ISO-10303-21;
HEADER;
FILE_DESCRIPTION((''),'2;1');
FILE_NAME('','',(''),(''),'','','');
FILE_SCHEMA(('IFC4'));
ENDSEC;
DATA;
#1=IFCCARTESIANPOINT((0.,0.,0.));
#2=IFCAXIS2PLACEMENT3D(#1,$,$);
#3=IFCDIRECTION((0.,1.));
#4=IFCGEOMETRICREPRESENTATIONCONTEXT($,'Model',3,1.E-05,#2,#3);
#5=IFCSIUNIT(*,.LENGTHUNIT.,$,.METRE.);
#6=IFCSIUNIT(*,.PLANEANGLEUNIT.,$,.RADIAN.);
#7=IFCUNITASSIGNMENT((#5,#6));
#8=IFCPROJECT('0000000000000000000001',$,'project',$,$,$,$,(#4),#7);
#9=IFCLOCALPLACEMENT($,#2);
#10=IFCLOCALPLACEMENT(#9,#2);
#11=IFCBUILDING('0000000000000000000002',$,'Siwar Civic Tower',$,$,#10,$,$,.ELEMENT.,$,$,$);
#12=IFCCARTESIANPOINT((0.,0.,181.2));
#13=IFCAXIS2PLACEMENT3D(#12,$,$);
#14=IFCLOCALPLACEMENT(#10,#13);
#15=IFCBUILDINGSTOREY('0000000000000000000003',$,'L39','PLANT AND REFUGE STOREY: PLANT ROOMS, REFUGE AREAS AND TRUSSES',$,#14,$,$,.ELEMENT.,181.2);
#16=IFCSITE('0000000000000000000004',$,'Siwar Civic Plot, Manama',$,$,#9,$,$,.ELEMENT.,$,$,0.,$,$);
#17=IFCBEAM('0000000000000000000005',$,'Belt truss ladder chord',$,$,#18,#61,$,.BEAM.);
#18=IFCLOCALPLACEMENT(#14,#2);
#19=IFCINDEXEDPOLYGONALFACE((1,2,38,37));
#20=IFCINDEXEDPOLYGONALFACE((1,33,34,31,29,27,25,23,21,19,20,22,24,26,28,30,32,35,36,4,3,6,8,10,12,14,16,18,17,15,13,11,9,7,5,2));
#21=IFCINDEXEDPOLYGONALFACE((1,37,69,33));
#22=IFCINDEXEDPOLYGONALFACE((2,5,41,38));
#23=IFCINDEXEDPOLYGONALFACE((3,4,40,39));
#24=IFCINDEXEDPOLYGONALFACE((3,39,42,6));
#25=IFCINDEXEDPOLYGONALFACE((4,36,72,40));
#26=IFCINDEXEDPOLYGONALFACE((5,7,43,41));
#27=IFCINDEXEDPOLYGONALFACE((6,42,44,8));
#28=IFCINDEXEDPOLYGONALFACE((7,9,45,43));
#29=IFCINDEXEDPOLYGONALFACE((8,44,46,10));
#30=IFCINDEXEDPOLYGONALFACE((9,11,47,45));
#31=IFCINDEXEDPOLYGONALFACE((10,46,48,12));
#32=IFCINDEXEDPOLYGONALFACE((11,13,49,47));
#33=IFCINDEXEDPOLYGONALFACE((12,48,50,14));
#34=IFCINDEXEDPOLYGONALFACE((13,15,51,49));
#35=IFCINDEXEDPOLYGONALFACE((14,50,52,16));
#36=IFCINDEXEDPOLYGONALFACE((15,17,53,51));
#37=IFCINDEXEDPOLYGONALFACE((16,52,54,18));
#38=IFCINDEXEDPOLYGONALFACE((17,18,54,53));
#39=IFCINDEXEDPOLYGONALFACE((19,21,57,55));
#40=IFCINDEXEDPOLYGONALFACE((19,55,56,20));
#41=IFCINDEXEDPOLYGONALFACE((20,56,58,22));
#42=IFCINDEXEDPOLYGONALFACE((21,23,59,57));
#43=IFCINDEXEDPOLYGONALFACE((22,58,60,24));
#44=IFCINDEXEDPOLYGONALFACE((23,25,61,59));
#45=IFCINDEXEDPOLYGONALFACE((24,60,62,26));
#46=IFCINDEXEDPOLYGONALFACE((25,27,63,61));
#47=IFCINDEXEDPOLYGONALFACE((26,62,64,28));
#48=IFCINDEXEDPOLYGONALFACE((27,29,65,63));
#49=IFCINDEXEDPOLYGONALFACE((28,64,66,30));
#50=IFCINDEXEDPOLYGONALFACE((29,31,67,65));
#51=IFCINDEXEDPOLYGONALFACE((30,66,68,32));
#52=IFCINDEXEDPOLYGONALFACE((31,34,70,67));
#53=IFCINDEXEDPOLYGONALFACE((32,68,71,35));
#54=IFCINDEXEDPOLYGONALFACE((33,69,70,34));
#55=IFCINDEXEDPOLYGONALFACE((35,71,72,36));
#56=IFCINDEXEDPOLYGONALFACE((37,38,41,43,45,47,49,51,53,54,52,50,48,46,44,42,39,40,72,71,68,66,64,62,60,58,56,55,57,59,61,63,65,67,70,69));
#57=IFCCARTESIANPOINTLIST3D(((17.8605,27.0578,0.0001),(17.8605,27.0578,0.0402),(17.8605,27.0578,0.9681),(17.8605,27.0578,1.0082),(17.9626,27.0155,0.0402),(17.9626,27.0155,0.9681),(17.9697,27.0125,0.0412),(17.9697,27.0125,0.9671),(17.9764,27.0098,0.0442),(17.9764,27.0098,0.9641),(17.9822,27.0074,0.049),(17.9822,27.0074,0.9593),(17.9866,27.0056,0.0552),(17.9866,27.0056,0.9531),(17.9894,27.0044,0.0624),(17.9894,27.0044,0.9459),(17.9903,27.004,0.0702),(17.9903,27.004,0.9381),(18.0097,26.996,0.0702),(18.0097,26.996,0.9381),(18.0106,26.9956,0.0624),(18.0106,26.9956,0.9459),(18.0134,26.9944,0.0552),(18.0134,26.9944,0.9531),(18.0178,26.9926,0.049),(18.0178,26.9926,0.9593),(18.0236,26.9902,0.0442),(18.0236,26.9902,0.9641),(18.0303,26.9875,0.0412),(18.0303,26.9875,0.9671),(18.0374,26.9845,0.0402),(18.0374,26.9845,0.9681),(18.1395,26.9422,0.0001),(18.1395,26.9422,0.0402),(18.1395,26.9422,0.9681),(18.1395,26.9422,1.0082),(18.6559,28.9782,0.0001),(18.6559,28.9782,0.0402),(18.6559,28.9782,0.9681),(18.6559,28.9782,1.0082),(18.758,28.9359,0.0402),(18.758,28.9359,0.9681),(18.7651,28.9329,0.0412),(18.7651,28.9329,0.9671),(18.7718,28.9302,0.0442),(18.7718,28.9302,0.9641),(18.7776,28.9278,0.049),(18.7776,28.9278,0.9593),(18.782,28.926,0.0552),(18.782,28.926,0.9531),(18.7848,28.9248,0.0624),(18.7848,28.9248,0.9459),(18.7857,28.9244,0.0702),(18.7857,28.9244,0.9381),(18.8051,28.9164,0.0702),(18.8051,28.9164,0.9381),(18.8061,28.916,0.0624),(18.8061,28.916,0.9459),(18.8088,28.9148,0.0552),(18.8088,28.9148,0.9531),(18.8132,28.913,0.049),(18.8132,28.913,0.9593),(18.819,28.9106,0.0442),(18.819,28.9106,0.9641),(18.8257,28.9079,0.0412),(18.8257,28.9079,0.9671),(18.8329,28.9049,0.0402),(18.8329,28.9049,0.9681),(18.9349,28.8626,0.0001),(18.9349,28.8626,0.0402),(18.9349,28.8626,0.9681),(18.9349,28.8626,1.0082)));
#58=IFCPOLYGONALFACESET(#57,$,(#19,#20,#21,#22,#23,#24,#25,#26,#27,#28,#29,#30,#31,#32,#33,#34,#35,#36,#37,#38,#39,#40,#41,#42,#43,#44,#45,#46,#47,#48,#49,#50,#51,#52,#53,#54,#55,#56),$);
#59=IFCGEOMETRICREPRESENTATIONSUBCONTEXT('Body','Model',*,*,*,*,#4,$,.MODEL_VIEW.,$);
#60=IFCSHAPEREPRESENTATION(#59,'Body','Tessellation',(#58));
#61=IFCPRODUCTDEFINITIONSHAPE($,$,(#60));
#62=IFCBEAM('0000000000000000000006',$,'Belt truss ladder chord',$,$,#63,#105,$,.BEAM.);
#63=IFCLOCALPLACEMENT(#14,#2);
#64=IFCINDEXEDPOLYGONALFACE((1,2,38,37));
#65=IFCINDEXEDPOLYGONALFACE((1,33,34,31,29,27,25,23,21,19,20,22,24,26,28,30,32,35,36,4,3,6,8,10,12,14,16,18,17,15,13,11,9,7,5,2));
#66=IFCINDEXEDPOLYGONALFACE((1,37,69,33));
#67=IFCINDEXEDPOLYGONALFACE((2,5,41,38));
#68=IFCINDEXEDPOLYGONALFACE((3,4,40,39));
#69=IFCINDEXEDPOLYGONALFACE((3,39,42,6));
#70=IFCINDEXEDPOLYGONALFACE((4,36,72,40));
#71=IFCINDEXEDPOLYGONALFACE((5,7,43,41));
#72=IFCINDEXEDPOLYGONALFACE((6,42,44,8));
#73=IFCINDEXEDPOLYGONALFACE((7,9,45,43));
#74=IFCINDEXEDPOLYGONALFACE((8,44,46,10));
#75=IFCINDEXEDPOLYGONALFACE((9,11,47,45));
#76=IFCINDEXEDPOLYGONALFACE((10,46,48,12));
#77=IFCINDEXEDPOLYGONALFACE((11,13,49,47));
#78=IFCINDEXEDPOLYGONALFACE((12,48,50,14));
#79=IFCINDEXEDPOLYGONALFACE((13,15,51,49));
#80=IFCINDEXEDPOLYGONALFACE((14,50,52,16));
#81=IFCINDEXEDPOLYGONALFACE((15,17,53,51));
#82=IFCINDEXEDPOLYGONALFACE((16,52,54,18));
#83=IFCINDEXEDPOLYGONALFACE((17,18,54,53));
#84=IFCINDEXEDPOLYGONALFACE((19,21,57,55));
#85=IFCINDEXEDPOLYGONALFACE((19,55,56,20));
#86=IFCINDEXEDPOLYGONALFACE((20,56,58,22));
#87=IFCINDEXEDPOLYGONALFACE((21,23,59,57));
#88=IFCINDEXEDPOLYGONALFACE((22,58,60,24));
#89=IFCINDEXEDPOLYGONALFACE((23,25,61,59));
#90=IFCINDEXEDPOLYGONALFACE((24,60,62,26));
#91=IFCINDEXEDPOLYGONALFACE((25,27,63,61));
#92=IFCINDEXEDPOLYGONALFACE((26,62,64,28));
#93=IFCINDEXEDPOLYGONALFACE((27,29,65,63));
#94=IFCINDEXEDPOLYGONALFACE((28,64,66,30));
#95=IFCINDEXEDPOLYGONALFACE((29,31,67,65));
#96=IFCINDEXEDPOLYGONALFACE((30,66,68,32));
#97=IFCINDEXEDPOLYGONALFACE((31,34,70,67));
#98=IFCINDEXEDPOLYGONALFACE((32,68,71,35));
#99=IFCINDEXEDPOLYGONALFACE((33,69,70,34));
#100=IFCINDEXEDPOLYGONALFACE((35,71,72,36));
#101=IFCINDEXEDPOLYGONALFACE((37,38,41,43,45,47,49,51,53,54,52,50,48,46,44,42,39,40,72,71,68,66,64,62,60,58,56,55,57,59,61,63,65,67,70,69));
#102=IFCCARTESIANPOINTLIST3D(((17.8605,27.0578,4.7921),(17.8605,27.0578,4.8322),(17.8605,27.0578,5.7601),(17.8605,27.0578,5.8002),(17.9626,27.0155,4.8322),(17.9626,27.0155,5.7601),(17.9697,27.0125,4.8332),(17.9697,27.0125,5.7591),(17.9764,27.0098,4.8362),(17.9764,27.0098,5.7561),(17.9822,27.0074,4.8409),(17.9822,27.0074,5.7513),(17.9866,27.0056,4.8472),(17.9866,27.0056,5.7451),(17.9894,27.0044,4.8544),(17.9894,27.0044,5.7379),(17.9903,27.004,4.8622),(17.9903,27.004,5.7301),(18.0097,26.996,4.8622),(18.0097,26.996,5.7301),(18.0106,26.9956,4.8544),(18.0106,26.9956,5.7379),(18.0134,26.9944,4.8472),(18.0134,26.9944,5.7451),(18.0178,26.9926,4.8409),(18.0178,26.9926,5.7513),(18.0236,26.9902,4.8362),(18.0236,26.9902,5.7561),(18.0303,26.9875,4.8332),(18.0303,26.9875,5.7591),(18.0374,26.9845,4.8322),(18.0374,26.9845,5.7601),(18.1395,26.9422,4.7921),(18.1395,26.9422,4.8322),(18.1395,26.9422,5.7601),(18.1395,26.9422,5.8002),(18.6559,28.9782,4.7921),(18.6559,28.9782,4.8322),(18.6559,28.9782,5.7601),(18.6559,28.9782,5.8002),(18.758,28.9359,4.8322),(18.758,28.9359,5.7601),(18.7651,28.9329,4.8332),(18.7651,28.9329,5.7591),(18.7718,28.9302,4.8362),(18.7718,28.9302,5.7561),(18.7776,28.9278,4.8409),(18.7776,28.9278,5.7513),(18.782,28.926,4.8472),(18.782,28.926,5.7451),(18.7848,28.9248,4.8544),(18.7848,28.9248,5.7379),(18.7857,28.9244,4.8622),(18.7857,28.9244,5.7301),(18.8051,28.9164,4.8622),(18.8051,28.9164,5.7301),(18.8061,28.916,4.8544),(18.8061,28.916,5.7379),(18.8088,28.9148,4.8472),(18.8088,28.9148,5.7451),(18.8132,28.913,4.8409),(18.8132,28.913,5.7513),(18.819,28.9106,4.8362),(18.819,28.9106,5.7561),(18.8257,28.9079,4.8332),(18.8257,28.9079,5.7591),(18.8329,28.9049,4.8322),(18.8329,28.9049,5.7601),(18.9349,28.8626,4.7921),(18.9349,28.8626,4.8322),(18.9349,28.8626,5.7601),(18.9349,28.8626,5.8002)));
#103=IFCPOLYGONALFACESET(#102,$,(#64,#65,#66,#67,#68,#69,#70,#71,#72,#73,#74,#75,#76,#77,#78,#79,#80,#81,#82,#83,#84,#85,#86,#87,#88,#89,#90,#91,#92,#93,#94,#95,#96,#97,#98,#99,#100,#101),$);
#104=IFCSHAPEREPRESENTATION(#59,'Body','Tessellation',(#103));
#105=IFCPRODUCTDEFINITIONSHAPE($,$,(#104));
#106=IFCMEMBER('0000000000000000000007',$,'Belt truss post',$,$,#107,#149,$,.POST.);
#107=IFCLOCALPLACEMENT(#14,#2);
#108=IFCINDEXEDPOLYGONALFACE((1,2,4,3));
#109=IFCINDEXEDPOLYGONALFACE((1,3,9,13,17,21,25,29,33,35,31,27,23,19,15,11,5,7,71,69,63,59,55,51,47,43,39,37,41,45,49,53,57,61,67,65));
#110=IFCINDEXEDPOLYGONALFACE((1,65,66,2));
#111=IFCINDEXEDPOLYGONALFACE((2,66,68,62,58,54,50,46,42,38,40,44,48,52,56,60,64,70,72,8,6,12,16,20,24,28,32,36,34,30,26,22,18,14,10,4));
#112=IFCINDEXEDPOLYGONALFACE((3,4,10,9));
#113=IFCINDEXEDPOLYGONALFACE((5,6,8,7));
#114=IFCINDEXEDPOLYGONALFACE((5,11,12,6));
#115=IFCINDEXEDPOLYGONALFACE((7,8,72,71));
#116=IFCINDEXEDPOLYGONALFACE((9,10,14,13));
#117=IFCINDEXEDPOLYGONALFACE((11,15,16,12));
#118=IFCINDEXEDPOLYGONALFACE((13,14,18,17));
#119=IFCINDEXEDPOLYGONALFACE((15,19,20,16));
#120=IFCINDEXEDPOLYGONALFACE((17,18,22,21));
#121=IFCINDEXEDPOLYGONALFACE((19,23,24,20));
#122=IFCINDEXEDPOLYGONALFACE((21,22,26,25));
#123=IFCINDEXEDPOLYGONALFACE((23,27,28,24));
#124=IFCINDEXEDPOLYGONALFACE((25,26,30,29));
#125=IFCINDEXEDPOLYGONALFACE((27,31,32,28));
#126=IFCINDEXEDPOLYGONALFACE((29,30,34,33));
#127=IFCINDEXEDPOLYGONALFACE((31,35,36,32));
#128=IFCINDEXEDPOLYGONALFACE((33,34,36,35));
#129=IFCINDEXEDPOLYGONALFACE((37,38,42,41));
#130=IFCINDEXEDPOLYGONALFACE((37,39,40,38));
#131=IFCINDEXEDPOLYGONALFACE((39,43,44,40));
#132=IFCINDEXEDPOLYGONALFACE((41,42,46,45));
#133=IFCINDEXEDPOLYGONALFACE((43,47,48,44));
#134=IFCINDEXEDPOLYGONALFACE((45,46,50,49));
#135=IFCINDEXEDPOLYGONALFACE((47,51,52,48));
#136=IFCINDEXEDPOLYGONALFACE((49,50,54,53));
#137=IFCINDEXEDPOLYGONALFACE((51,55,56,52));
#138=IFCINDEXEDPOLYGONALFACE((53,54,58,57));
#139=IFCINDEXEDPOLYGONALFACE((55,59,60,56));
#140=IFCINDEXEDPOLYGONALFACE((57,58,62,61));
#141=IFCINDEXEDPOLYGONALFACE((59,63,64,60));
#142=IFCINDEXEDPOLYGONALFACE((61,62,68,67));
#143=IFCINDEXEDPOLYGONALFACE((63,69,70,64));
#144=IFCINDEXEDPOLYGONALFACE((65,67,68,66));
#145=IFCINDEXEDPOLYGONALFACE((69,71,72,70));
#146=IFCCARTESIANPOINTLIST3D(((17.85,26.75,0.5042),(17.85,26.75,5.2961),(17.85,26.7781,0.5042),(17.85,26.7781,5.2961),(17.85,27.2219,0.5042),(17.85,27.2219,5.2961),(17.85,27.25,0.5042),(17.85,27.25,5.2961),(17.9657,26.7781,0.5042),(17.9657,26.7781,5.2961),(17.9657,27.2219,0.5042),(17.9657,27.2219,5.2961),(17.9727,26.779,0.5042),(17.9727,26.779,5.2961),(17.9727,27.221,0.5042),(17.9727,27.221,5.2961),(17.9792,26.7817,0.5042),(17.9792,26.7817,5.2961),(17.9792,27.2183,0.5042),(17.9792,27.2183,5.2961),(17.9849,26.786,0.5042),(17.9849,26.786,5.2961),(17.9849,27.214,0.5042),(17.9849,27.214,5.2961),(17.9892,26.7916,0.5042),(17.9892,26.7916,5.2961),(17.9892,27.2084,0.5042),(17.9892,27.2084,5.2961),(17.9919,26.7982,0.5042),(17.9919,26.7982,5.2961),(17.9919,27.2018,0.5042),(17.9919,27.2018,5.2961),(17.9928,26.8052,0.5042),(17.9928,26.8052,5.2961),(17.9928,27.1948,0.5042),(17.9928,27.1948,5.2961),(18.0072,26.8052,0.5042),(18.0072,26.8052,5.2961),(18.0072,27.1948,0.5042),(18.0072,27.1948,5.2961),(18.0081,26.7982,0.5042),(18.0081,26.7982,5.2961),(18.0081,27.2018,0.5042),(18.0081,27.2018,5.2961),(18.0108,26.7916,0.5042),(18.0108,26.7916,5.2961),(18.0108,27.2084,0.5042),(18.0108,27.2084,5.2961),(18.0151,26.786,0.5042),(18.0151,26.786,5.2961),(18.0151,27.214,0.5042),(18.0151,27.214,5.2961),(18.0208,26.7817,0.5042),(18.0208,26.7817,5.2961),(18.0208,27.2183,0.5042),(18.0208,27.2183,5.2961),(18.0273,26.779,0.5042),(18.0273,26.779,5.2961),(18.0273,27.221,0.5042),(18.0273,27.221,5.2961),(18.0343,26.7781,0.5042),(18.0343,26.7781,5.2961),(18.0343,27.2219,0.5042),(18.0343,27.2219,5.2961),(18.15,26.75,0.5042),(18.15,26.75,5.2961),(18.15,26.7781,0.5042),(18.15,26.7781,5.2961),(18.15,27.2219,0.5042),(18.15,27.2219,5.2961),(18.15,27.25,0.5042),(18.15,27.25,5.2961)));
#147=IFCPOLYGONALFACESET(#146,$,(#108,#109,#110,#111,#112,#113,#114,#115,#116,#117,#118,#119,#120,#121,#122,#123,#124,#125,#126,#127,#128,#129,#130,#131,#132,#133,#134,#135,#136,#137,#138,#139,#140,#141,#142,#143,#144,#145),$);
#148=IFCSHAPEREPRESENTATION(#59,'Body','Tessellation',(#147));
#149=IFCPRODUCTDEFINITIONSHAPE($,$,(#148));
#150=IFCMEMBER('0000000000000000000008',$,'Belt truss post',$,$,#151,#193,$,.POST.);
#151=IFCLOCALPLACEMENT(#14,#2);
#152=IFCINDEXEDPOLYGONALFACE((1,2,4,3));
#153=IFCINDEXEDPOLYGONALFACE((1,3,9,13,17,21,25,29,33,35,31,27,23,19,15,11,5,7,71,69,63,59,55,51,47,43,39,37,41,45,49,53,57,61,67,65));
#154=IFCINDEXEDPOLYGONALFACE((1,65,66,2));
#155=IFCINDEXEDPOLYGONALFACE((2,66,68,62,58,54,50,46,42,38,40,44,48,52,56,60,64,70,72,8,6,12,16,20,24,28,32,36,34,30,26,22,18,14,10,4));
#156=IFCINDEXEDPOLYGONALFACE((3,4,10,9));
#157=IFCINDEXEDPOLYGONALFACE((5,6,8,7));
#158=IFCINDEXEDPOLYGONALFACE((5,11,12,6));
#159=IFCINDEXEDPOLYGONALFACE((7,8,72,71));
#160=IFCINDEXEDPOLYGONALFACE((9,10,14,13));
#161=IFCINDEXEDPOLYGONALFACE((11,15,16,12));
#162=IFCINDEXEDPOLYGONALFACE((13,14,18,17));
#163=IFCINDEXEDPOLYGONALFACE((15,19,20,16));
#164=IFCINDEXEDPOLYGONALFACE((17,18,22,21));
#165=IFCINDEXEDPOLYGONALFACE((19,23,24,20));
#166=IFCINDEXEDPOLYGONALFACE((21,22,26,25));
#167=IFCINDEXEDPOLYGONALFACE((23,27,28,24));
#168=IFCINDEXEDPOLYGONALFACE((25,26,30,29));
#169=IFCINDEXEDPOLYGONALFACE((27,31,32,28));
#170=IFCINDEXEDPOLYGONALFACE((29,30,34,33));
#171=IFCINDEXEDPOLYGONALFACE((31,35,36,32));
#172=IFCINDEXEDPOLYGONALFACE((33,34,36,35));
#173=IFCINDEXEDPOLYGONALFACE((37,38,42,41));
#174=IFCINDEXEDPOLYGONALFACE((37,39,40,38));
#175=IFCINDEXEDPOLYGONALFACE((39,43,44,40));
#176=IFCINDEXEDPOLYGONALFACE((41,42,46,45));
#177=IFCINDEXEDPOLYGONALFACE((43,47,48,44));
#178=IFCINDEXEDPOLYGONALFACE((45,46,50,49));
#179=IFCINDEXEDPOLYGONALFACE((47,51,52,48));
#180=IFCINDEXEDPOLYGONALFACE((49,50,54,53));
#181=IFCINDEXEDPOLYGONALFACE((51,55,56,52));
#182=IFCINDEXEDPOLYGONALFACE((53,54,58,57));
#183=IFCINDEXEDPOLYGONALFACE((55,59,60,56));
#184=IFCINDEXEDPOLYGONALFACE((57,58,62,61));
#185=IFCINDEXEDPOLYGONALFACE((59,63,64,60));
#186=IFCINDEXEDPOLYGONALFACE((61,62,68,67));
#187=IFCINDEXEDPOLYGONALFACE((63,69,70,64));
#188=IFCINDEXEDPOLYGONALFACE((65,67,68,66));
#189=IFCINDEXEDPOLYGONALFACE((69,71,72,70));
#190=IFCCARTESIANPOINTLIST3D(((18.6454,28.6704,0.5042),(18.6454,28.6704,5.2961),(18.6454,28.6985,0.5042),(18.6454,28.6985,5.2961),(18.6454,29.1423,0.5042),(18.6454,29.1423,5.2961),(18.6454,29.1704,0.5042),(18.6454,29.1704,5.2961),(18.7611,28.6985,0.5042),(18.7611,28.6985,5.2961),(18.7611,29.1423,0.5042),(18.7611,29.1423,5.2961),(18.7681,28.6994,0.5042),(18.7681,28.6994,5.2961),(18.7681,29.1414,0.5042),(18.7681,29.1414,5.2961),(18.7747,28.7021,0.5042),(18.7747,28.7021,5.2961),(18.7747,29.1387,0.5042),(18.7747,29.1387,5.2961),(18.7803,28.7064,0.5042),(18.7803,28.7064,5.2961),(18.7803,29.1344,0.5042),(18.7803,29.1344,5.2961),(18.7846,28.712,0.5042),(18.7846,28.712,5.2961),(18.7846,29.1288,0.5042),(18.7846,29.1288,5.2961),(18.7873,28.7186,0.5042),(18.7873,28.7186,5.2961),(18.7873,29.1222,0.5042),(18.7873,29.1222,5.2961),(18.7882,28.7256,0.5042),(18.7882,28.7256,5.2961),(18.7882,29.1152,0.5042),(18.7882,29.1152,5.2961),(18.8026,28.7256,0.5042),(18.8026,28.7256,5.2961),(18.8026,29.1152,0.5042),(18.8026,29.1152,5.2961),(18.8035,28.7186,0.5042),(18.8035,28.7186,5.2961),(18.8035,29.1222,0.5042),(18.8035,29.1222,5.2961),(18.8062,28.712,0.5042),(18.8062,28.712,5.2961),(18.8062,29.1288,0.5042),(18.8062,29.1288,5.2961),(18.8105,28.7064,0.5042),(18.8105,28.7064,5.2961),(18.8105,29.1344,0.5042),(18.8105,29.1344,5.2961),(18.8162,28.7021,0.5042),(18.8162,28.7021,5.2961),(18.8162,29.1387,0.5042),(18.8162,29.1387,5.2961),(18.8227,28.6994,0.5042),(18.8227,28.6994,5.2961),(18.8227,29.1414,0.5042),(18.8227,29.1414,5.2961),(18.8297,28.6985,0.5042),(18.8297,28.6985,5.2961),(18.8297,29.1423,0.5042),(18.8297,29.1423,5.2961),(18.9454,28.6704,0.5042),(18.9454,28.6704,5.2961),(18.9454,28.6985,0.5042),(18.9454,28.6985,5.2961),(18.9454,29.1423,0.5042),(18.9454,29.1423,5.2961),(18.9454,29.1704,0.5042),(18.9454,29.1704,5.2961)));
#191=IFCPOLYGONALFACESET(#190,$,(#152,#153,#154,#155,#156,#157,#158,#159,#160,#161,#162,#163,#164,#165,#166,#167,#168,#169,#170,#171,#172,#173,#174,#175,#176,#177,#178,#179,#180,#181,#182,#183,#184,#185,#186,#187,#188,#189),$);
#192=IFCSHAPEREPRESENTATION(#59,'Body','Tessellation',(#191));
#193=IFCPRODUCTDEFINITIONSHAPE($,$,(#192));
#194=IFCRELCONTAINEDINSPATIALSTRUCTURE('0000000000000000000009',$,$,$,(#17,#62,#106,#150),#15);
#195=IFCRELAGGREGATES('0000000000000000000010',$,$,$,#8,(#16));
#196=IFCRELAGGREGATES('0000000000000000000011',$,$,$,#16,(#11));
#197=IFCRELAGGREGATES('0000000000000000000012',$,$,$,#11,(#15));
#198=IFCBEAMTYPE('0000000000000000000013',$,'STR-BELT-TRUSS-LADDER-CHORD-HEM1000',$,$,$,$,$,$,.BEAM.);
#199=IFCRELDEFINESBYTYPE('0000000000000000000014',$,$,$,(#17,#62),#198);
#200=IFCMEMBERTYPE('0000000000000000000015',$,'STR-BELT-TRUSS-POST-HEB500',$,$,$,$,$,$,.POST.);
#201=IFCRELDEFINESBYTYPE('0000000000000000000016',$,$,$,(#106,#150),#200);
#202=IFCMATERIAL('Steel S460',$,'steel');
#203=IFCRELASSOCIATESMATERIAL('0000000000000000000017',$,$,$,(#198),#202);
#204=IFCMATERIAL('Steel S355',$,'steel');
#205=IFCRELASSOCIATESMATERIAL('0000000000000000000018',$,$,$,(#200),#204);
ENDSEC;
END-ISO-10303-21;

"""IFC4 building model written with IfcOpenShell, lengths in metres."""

from ifc_helpers import new_model, si_unit, direction, frame, origin, origin_2d, place, context, subcontext, project, spatial, i_section, extrude, material, material_profile, profile_set, type_object, element, save


model = new_model("IFC4")

# Units and contexts
model_context = context("Model", 3, precision=1e-05, world=origin(), true_north=direction((0.0, 1.0)))
body_context = subcontext(model_context, "Body", "Model", "MODEL_VIEW")
ifc_project = project(units=[si_unit("LENGTHUNIT", "METRE"), si_unit("PLANEANGLEUNIT", "RADIAN")], contexts=[model_context])

# Site, building, storey
site_placement = place(None, origin())
site = spatial("IfcSite", under=ifc_project, at=site_placement, Name="Siwar Civic Plot, Manama", CompositionType="ELEMENT", RefElevation=0.0)
building_placement = place(site_placement, origin())
building = spatial("IfcBuilding", under=site, at=building_placement, Name="Siwar Civic Tower", CompositionType="ELEMENT")
storey_placement = place(building_placement, frame((0.0, 0.0, 181.2)))
storey = spatial("IfcBuildingStorey", under=building, at=storey_placement, Name="L39", Description="PLANT AND REFUGE STOREY: PLANT ROOMS, REFUGE AREAS AND TRUSSES", CompositionType="ELEMENT", Elevation=181.2)

# Beams
ifc_material_1 = material(Name="Steel S460", Category="steel")
ifc_material_profile_1 = material_profile(ifc_material_1, i_section(OverallWidth=0.302, OverallDepth=1.0081, WebThickness=0.021, FlangeThickness=0.04, FilletRadius=0.03, at=origin_2d()), Name="HEM1000")
ifc_profile_set_1 = profile_set([ifc_material_profile_1], Name="Steel S460")
beam_type_1 = type_object("IfcBeamType", Name="STR-BELT-TRUSS-LADDER-CHORD-HEM1000", PredefinedType="BEAM", material=ifc_profile_set_1)
for number, where, z_axis, x_axis, name in (
    (1, (18.0, 27.0, 0.5042), (0.382663, 0.923888, 0.0), (-0.923888, 0.382663, 0.0), "Belt truss ladder chord"),
    (2, (18.0, 27.0, 5.2961), (0.382663, 0.923888, 0.0), (-0.923888, 0.382663, 0.0), "Belt truss ladder chord"),
):
    element("IfcBeam", number, at=place(storey_placement, frame(where, z_axis=z_axis, x_axis=x_axis)), inside=storey, type_object=beam_type_1, Name=name, PredefinedType="BEAM", context=body_context, shape_type="SweptSolid", body=[
        extrude(i_section(OverallWidth=0.302, OverallDepth=1.0081, WebThickness=0.021, FlangeThickness=0.04, FilletRadius=0.03, at=origin_2d()), origin(), (0.0, 0.0, 1.0), 2.0786),
    ])

# Members
ifc_material_2 = material(Name="Steel S355", Category="steel")
ifc_material_profile_2 = material_profile(ifc_material_2, i_section(OverallWidth=0.3, OverallDepth=0.5, WebThickness=0.0144, FlangeThickness=0.0281, FilletRadius=0.0271, at=origin_2d()), Name="HEB500")
ifc_profile_set_2 = profile_set([ifc_material_profile_2], Name="Steel S355")
member_type_1 = type_object("IfcMemberType", Name="STR-BELT-TRUSS-POST-HEB500", PredefinedType="POST", material=ifc_profile_set_2)
for number, where, z_axis, x_axis, name in (
    (3, (18.0, 27.0, 0.5042), (0.0, 0.0, 1.0), (1.0, 0.0, 0.0), "Belt truss post"),
    (4, (18.7954, 28.9204, 0.5042), (0.0, 0.0, 1.0), (1.0, 0.0, 0.0), "Belt truss post"),
):
    element("IfcMember", number, at=place(storey_placement, frame(where, z_axis=z_axis, x_axis=x_axis)), inside=storey, type_object=member_type_1, Name=name, PredefinedType="POST", context=body_context, shape_type="SweptSolid", body=[
        extrude(i_section(OverallWidth=0.3, OverallDepth=0.5, WebThickness=0.0144, FlangeThickness=0.0281, FilletRadius=0.0271, at=origin_2d()), origin(), (0.0, 0.0, 1.0), 4.792),
    ])

save(model, "model.ifc")
